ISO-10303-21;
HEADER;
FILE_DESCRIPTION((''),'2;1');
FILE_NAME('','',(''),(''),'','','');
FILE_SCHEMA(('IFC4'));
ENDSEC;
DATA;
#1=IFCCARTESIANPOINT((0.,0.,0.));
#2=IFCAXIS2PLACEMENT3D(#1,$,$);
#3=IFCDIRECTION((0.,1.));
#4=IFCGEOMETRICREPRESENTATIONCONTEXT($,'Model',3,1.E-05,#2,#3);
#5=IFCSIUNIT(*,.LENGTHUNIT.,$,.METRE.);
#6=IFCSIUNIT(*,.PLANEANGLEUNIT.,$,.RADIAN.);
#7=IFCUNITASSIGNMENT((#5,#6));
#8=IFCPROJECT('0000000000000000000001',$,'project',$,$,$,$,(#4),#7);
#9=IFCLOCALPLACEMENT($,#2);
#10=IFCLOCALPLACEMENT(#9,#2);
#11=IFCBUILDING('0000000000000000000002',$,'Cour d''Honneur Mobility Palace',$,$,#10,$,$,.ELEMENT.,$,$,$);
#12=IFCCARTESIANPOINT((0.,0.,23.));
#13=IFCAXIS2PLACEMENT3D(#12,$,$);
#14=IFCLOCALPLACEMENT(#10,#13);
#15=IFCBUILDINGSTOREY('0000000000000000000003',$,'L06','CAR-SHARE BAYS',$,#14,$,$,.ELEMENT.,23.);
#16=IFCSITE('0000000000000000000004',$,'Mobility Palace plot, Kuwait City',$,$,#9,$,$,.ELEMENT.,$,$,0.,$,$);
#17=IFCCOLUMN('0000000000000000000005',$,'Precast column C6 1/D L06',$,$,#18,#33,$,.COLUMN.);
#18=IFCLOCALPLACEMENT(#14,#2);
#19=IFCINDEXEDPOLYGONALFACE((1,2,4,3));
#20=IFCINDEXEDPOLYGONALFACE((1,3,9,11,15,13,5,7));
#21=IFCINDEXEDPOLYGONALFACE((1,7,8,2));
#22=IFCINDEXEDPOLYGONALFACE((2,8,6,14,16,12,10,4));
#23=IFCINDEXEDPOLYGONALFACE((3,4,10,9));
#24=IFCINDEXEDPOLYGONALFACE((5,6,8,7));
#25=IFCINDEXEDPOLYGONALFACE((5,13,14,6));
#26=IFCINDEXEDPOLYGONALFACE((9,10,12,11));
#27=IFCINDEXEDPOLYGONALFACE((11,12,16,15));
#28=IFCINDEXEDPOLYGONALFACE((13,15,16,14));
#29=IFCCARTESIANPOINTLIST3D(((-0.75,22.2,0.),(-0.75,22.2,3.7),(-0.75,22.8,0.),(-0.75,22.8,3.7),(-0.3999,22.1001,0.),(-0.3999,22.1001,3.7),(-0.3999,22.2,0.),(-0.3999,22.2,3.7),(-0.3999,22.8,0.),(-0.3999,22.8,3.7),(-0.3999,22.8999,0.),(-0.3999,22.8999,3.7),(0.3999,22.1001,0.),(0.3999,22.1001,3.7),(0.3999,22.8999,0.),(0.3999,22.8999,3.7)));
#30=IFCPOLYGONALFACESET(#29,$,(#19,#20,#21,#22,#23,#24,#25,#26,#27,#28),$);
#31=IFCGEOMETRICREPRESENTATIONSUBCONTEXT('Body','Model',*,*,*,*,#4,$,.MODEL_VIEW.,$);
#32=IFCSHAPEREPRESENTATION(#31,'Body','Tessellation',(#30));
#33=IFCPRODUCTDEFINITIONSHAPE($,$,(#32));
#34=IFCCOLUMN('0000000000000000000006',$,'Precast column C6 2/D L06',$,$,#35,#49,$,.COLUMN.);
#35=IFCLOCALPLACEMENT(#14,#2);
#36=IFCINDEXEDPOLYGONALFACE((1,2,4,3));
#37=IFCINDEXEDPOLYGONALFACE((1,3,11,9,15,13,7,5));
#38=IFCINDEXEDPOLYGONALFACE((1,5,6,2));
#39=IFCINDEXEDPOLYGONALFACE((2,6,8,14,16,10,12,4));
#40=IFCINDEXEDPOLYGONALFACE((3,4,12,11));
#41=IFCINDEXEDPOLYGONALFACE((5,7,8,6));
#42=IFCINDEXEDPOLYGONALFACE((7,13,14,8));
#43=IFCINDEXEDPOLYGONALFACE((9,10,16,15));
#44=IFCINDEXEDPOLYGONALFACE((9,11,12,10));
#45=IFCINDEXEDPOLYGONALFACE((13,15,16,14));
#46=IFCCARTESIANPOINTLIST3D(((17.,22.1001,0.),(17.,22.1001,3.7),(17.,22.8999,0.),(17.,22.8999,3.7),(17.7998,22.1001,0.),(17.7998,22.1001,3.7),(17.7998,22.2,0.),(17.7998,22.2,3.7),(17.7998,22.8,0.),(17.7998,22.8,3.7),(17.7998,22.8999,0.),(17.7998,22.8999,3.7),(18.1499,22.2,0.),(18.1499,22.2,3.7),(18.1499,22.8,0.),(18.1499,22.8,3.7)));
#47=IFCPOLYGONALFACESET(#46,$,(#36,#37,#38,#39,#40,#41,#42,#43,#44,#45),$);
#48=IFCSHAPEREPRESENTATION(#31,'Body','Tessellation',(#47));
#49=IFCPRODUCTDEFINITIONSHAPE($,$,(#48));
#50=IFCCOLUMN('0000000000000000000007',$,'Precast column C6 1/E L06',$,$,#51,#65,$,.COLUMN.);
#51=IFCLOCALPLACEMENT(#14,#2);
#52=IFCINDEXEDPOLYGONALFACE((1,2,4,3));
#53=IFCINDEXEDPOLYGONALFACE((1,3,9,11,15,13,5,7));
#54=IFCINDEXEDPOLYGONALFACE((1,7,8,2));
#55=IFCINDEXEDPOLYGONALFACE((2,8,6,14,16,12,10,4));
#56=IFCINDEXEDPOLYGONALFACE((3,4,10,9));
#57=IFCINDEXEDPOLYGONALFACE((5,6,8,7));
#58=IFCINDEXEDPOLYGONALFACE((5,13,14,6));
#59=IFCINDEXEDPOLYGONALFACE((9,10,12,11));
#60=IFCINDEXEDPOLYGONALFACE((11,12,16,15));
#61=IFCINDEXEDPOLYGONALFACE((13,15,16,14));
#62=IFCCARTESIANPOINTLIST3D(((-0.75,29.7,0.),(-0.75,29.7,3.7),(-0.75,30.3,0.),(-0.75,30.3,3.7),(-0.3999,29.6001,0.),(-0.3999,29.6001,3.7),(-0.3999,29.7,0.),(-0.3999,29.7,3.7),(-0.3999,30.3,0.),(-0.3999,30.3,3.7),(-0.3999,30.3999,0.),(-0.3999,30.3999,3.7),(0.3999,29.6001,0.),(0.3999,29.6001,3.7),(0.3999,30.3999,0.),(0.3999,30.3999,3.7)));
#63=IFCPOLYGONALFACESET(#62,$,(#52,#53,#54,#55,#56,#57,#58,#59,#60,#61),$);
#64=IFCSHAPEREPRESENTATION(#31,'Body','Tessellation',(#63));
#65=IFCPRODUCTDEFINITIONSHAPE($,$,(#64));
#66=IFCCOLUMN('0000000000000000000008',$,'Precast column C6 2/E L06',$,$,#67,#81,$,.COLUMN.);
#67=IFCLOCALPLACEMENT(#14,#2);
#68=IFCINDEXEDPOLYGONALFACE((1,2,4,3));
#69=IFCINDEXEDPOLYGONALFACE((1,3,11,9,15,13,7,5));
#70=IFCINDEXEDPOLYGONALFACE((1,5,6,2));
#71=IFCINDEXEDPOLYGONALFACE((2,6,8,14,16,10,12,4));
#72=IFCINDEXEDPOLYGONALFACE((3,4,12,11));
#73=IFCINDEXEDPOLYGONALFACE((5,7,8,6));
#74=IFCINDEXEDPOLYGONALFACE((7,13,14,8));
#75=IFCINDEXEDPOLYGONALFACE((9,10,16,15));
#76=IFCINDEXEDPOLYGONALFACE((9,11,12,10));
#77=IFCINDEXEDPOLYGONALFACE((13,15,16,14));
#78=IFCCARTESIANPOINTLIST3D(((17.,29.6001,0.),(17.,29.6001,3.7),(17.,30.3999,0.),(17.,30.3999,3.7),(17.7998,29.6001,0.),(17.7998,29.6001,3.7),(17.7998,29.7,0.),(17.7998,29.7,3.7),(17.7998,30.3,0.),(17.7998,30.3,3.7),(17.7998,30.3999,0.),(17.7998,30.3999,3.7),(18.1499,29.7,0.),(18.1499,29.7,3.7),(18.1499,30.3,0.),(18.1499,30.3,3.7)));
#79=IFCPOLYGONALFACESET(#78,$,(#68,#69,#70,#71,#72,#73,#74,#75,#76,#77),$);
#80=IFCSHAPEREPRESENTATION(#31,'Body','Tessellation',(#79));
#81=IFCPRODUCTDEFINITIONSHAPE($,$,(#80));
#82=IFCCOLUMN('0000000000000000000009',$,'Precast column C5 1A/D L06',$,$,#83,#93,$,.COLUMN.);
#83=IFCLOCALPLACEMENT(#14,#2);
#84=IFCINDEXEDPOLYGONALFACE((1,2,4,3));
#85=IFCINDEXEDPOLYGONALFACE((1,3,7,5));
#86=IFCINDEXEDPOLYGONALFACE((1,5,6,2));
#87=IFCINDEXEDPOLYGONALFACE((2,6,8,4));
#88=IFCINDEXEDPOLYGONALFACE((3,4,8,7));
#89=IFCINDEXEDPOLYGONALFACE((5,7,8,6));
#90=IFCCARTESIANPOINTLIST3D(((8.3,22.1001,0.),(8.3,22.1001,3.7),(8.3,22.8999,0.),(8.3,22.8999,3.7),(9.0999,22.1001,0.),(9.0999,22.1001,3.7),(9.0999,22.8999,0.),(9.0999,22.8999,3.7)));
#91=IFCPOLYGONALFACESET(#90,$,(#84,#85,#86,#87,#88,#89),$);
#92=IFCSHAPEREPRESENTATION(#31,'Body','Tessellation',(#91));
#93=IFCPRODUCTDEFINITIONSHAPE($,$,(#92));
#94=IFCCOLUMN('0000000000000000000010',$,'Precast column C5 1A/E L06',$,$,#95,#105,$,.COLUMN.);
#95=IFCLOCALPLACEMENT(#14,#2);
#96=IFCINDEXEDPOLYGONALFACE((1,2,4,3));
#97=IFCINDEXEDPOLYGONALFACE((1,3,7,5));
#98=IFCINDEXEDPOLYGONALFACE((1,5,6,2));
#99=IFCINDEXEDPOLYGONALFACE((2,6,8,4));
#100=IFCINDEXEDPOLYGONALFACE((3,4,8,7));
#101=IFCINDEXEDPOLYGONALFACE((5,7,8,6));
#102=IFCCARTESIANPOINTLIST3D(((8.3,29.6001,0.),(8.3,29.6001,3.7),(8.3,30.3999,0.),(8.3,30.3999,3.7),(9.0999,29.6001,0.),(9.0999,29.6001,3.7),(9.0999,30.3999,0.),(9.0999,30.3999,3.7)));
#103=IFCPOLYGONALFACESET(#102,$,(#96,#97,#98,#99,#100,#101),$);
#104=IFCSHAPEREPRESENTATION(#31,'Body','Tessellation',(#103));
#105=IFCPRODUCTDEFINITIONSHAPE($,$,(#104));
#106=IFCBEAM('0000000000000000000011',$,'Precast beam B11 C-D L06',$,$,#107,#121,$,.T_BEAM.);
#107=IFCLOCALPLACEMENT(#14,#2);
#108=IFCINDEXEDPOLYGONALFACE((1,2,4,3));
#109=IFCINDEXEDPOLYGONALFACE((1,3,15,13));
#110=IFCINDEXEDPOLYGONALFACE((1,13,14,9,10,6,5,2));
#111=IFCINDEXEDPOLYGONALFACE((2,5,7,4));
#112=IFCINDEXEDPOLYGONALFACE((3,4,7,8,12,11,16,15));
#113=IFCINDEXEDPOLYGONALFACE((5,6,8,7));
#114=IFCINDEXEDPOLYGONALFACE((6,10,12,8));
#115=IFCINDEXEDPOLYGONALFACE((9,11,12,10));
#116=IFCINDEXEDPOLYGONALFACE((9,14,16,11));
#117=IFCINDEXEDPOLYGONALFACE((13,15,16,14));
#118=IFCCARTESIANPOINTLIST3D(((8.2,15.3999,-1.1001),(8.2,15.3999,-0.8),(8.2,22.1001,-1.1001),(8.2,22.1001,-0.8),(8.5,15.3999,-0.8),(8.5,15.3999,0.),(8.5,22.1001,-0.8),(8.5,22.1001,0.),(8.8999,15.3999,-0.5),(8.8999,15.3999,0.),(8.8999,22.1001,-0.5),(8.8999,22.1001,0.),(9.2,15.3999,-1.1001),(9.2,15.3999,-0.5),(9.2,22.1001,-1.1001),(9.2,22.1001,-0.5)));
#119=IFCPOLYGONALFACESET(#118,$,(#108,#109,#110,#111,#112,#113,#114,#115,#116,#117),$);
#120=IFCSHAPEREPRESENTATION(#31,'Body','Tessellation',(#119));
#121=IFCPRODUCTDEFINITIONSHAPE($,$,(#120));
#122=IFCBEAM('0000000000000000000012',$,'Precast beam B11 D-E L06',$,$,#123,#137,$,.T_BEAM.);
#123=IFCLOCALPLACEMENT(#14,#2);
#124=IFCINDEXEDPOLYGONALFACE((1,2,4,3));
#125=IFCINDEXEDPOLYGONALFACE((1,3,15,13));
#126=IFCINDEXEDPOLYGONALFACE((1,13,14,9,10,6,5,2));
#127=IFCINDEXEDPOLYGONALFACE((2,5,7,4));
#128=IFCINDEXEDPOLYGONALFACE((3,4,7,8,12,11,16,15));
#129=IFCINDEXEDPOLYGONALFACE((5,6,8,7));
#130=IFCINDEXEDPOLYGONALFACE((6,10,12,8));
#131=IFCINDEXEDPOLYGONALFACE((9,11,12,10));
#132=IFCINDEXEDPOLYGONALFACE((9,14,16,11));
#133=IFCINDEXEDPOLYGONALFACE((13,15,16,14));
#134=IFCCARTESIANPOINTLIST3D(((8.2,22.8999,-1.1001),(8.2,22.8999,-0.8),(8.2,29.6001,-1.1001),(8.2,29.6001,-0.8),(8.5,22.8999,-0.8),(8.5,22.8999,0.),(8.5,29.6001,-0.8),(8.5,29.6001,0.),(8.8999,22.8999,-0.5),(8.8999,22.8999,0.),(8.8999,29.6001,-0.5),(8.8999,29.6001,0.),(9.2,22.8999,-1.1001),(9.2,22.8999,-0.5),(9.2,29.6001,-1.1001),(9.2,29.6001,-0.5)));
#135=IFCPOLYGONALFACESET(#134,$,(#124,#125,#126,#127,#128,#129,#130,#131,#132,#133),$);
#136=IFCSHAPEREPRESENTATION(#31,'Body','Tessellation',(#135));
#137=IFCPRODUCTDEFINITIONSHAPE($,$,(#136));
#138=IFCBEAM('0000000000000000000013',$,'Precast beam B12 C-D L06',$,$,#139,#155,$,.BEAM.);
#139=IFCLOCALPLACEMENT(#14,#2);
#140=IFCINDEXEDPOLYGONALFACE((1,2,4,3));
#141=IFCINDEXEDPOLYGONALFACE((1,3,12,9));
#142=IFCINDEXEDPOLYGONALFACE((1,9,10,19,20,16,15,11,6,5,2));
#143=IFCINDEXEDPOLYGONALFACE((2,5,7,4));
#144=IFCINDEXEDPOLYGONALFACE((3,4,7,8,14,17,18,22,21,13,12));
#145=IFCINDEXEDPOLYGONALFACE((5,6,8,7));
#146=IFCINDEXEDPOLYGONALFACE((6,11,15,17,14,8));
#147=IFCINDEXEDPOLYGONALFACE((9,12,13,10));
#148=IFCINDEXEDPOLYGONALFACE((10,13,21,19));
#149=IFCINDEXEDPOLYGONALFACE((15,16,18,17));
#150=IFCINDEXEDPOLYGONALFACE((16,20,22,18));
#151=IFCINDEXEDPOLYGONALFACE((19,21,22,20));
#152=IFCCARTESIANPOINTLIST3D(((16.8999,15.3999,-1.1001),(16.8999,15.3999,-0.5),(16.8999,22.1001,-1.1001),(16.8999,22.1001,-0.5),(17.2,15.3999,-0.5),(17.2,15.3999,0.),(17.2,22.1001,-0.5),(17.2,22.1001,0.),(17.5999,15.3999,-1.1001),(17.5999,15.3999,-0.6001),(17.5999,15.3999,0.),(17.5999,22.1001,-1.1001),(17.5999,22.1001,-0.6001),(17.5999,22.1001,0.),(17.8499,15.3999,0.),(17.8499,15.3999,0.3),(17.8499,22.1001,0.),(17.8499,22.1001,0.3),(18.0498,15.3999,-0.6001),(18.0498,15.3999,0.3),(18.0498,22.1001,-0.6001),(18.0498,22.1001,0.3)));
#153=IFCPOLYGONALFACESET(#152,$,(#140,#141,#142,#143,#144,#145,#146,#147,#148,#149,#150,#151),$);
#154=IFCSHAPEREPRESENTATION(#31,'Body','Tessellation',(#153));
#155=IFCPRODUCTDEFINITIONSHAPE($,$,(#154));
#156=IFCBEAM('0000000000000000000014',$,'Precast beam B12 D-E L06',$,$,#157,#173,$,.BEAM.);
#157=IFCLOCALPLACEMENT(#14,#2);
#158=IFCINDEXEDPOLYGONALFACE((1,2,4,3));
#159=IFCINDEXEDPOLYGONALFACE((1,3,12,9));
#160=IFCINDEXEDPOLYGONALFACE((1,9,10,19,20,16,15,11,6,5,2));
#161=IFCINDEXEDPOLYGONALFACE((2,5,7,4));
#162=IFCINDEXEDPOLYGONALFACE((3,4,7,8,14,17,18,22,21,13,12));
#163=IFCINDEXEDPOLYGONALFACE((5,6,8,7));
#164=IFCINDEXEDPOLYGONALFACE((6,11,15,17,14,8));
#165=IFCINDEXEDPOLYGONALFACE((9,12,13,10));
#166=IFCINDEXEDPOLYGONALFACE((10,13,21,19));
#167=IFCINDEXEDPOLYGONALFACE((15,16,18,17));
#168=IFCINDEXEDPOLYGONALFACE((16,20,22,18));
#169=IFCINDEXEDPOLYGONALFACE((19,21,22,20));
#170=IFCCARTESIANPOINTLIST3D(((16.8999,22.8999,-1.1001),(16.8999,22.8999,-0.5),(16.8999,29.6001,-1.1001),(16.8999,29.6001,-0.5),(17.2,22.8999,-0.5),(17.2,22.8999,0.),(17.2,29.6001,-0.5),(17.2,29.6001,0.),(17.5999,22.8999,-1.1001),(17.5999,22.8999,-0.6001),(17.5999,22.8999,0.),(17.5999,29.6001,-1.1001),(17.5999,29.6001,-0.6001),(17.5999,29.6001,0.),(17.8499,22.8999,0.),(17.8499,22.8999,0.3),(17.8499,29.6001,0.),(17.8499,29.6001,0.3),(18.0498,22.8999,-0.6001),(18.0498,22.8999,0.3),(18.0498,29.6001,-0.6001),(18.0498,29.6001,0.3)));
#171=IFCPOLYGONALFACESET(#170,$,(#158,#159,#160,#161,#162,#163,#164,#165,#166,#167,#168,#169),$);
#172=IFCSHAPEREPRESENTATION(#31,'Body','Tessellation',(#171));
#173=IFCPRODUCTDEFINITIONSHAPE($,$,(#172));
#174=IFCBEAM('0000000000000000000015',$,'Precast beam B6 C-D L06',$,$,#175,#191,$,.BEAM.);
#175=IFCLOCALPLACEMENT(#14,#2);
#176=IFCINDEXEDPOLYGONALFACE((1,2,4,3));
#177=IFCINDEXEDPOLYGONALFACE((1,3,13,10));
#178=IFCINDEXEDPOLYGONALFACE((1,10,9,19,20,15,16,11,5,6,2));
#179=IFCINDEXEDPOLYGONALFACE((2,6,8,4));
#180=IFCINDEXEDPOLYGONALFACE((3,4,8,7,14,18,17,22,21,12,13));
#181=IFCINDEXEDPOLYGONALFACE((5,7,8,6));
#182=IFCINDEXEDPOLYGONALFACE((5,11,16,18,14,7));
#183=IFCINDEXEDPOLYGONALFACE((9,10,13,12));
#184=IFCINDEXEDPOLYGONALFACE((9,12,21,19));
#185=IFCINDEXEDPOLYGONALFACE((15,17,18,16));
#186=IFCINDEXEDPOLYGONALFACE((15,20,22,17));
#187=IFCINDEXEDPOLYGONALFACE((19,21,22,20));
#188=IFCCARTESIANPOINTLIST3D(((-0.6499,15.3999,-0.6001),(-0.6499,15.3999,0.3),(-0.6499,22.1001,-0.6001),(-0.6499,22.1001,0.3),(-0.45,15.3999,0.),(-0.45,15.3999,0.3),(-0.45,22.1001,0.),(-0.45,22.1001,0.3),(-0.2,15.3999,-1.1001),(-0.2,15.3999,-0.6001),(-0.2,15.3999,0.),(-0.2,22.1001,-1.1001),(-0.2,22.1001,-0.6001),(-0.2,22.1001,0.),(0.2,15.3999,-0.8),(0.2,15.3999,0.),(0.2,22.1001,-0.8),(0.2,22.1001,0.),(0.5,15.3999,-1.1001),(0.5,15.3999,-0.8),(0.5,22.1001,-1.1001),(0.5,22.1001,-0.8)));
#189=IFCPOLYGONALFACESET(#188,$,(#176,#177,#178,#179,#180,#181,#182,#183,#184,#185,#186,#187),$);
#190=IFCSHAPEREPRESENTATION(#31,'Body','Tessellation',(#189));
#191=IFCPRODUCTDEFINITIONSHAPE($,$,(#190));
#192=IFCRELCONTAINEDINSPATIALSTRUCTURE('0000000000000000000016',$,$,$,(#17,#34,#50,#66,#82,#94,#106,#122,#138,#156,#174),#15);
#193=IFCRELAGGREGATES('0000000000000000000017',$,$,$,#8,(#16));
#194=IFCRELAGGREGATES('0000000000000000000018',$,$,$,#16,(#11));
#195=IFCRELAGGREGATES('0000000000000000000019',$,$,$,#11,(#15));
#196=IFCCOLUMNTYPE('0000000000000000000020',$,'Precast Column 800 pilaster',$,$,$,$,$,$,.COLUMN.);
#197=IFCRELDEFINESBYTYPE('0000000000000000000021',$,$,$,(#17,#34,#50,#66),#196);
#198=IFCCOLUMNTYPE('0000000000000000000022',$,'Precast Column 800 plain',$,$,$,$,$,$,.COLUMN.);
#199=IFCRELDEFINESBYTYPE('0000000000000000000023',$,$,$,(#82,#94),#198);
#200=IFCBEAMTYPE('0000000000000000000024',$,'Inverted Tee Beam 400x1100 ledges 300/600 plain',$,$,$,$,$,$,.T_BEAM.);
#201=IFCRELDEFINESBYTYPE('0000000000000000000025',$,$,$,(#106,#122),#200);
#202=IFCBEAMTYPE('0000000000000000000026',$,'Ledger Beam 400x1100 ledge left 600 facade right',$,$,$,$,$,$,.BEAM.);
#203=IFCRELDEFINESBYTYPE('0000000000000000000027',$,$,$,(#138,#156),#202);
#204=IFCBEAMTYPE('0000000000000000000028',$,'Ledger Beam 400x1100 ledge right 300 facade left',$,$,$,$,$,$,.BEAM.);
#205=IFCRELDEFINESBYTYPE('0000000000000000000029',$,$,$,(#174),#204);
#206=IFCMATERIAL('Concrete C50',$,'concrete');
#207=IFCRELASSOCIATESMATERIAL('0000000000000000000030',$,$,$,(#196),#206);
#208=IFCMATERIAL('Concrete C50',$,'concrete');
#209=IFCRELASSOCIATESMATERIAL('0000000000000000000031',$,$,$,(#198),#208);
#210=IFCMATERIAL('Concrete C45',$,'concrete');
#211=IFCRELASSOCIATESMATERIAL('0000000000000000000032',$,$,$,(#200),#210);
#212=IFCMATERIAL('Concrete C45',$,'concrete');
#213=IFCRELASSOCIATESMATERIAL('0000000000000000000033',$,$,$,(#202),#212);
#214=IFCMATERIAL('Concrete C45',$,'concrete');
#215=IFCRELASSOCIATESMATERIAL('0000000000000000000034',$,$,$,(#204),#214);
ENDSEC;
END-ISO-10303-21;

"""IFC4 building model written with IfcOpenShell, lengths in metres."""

from ifc_helpers import new_model, si_unit, direction, frame, origin, place, context, subcontext, project, spatial, polyline, outline, extrude, material, material_profile, profile_set, type_object, element, save


model = new_model("IFC4")

# Units and contexts
model_context = context("Model", 3, precision=1e-05, world=origin(), true_north=direction((0.0, 1.0)))
body_context = subcontext(model_context, "Body", "Model", "MODEL_VIEW")
ifc_project = project(units=[si_unit("LENGTHUNIT", "METRE"), si_unit("PLANEANGLEUNIT", "RADIAN")], contexts=[model_context])

# Site, building, storey
site_placement = place(None, origin())
site = spatial("IfcSite", under=ifc_project, at=site_placement, Name="Mobility Palace plot, Kuwait City", CompositionType="ELEMENT", RefElevation=0.0)
building_placement = place(site_placement, origin())
building = spatial("IfcBuilding", under=site, at=building_placement, Name="Cour d'Honneur Mobility Palace", CompositionType="ELEMENT")
storey_placement = place(building_placement, frame((0.0, 0.0, 23.0)))
storey = spatial("IfcBuildingStorey", under=building, at=storey_placement, Name="L06", Description="CAR-SHARE BAYS", CompositionType="ELEMENT", Elevation=23.0)

# Columns
ifc_material_1 = material(Name="Concrete C50", Category="concrete")
ifc_material_profile_1 = material_profile(ifc_material_1, outline(polyline([(-0.3999, -0.3999), (0.3999, -0.3999), (0.3999, -0.3), (0.75, -0.3), (0.75, 0.3), (0.3999, 0.3), (0.3999, 0.3999), (-0.3999, 0.3999), (-0.3999, -0.3999)])), Name="PC C800 pilaster")
ifc_profile_set_1 = profile_set([ifc_material_profile_1], Name="Concrete C50")
column_type_1 = type_object("IfcColumnType", Name="Precast Column 800 pilaster", PredefinedType="COLUMN", material=ifc_profile_set_1)
for number, where, z_axis, x_axis, name in (
    (1, (0.0, 22.5, 0.0), (0.0, 0.0, 1.0), (-1.0, 0.0, 0.0), "Precast column C6 1/D L06"),
    (2, (17.3999, 22.5, 0.0), (0.0, 0.0, 1.0), (1.0, 0.0, 0.0), "Precast column C6 2/D L06"),
    (3, (0.0, 30.0, 0.0), (0.0, 0.0, 1.0), (-1.0, 0.0, 0.0), "Precast column C6 1/E L06"),
    (4, (17.3999, 30.0, 0.0), (0.0, 0.0, 1.0), (1.0, 0.0, 0.0), "Precast column C6 2/E L06"),
):
    element("IfcColumn", number, at=place(storey_placement, frame(where, z_axis=z_axis, x_axis=x_axis)), inside=storey, type_object=column_type_1, Name=name, PredefinedType="COLUMN", context=body_context, shape_type="SweptSolid", body=[
        extrude(outline(polyline([(-0.3999, -0.3999), (0.3999, -0.3999), (0.3999, -0.3), (0.75, -0.3), (0.75, 0.3), (0.3999, 0.3), (0.3999, 0.3999), (-0.3999, 0.3999), (-0.3999, -0.3999)])), origin(), (0.0, 0.0, 1.0), 3.7),
    ])
ifc_material_2 = material(Name="Concrete C50", Category="concrete")
ifc_material_profile_2 = material_profile(ifc_material_2, outline(polyline([(-0.3999, -0.3999), (0.3999, -0.3999), (0.3999, 0.3999), (-0.3999, 0.3999), (-0.3999, -0.3999)])), Name="PC C800 plain")
ifc_profile_set_2 = profile_set([ifc_material_profile_2], Name="Concrete C50")
column_type_2 = type_object("IfcColumnType", Name="Precast Column 800 plain", PredefinedType="COLUMN", material=ifc_profile_set_2)
for number, where, z_axis, x_axis, name in (
    (5, (8.7, 22.5, 0.0), (0.0, 0.0, 1.0), (1.0, 0.0, 0.0), "Precast column C5 1A/D L06"),
    (6, (8.7, 30.0, 0.0), (0.0, 0.0, 1.0), (1.0, 0.0, 0.0), "Precast column C5 1A/E L06"),
):
    element("IfcColumn", number, at=place(storey_placement, frame(where, z_axis=z_axis, x_axis=x_axis)), inside=storey, type_object=column_type_2, Name=name, PredefinedType="COLUMN", context=body_context, shape_type="SweptSolid", body=[
        extrude(outline(polyline([(-0.3999, -0.3999), (0.3999, -0.3999), (0.3999, 0.3999), (-0.3999, 0.3999), (-0.3999, -0.3999)])), origin(), (0.0, 0.0, 1.0), 3.7),
    ])

# Beams
ifc_material_3 = material(Name="Concrete C45", Category="concrete")
ifc_material_profile_3 = material_profile(ifc_material_3, outline(polyline([(0.5, -1.1001), (0.5, -0.8), (0.2, -0.8), (0.2, 0.0), (-0.2, 0.0), (-0.2, -0.5), (-0.5, -0.5), (-0.5, -1.1001), (0.5, -1.1001)])), Name="Inverted Tee Beam 400x1100 ledges 300/600 plain")
ifc_profile_set_3 = profile_set([ifc_material_profile_3], Name="Concrete C45")
beam_type_1 = type_object("IfcBeamType", Name="Inverted Tee Beam 400x1100 ledges 300/600 plain", PredefinedType="T_BEAM", material=ifc_profile_set_3)
for number, where, z_axis, x_axis, name in (
    (7, (8.7, 15.3999, 0.0), (0.0, 1.0, 0.0), (-1.0, 0.0, 0.0), "Precast beam B11 C-D L06"),
    (8, (8.7, 22.8999, 0.0), (0.0, 1.0, 0.0), (-1.0, 0.0, 0.0), "Precast beam B11 D-E L06"),
):
    element("IfcBeam", number, at=place(storey_placement, frame(where, z_axis=z_axis, x_axis=x_axis)), inside=storey, type_object=beam_type_1, Name=name, PredefinedType="T_BEAM", context=body_context, shape_type="SweptSolid", body=[
        extrude(outline(polyline([(0.5, -1.1001), (0.5, -0.8), (0.2, -0.8), (0.2, 0.0), (-0.2, 0.0), (-0.2, -0.5), (-0.5, -0.5), (-0.5, -1.1001), (0.5, -1.1001)])), origin(), (0.0, 0.0, 1.0), 6.7002),
    ])
ifc_material_4 = material(Name="Concrete C45", Category="concrete")
ifc_material_profile_4 = material_profile(ifc_material_4, outline(polyline([(0.5, -1.1001), (0.5, -0.5), (0.2, -0.5), (0.2, 0.0), (-0.2, 0.0), (-0.45, 0.0), (-0.45, 0.3), (-0.6499, 0.3), (-0.6499, -0.6001), (-0.2, -0.6001), (-0.2, -1.1001), (0.5, -1.1001)])), Name="Ledger Beam 400x1100 ledge left 600 facade right")
ifc_profile_set_4 = profile_set([ifc_material_profile_4], Name="Concrete C45")
beam_type_2 = type_object("IfcBeamType", Name="Ledger Beam 400x1100 ledge left 600 facade right", PredefinedType="BEAM", material=ifc_profile_set_4)
for number, where, z_axis, x_axis, name in (
    (9, (17.3999, 15.3999, 0.0), (0.0, 1.0, 0.0), (-1.0, 0.0, 0.0), "Precast beam B12 C-D L06"),
    (10, (17.3999, 22.8999, 0.0), (0.0, 1.0, 0.0), (-1.0, 0.0, 0.0), "Precast beam B12 D-E L06"),
):
    element("IfcBeam", number, at=place(storey_placement, frame(where, z_axis=z_axis, x_axis=x_axis)), inside=storey, type_object=beam_type_2, Name=name, PredefinedType="BEAM", context=body_context, shape_type="SweptSolid", body=[
        extrude(outline(polyline([(0.5, -1.1001), (0.5, -0.5), (0.2, -0.5), (0.2, 0.0), (-0.2, 0.0), (-0.45, 0.0), (-0.45, 0.3), (-0.6499, 0.3), (-0.6499, -0.6001), (-0.2, -0.6001), (-0.2, -1.1001), (0.5, -1.1001)])), origin(), (0.0, 0.0, 1.0), 6.7002),
    ])
ifc_material_5 = material(Name="Concrete C45", Category="concrete")
ifc_material_profile_5 = material_profile(ifc_material_5, outline(polyline([(0.2, -1.1001), (0.2, -0.6001), (0.6499, -0.6001), (0.6499, 0.3), (0.45, 0.3), (0.45, 0.0), (0.2, 0.0), (-0.2, 0.0), (-0.2, -0.8), (-0.5, -0.8), (-0.5, -1.1001), (0.2, -1.1001)])), Name="Ledger Beam 400x1100 ledge right 300 facade left")
ifc_profile_set_5 = profile_set([ifc_material_profile_5], Name="Concrete C45")
beam_type_3 = type_object("IfcBeamType", Name="Ledger Beam 400x1100 ledge right 300 facade left", PredefinedType="BEAM", material=ifc_profile_set_5)
for number, where, z_axis, x_axis, name in (
    (11, (0.0, 15.3999, 0.0), (0.0, 1.0, 0.0), (-1.0, 0.0, 0.0), "Precast beam B6 C-D L06"),
):
    element("IfcBeam", number, at=place(storey_placement, frame(where, z_axis=z_axis, x_axis=x_axis)), inside=storey, type_object=beam_type_3, Name=name, PredefinedType="BEAM", context=body_context, shape_type="SweptSolid", body=[
        extrude(outline(polyline([(0.2, -1.1001), (0.2, -0.6001), (0.6499, -0.6001), (0.6499, 0.3), (0.45, 0.3), (0.45, 0.0), (0.2, 0.0), (-0.2, 0.0), (-0.2, -0.8), (-0.5, -0.8), (-0.5, -1.1001), (0.2, -1.1001)])), origin(), (0.0, 0.0, 1.0), 6.7002),
    ])

save(model, "model.ifc")
